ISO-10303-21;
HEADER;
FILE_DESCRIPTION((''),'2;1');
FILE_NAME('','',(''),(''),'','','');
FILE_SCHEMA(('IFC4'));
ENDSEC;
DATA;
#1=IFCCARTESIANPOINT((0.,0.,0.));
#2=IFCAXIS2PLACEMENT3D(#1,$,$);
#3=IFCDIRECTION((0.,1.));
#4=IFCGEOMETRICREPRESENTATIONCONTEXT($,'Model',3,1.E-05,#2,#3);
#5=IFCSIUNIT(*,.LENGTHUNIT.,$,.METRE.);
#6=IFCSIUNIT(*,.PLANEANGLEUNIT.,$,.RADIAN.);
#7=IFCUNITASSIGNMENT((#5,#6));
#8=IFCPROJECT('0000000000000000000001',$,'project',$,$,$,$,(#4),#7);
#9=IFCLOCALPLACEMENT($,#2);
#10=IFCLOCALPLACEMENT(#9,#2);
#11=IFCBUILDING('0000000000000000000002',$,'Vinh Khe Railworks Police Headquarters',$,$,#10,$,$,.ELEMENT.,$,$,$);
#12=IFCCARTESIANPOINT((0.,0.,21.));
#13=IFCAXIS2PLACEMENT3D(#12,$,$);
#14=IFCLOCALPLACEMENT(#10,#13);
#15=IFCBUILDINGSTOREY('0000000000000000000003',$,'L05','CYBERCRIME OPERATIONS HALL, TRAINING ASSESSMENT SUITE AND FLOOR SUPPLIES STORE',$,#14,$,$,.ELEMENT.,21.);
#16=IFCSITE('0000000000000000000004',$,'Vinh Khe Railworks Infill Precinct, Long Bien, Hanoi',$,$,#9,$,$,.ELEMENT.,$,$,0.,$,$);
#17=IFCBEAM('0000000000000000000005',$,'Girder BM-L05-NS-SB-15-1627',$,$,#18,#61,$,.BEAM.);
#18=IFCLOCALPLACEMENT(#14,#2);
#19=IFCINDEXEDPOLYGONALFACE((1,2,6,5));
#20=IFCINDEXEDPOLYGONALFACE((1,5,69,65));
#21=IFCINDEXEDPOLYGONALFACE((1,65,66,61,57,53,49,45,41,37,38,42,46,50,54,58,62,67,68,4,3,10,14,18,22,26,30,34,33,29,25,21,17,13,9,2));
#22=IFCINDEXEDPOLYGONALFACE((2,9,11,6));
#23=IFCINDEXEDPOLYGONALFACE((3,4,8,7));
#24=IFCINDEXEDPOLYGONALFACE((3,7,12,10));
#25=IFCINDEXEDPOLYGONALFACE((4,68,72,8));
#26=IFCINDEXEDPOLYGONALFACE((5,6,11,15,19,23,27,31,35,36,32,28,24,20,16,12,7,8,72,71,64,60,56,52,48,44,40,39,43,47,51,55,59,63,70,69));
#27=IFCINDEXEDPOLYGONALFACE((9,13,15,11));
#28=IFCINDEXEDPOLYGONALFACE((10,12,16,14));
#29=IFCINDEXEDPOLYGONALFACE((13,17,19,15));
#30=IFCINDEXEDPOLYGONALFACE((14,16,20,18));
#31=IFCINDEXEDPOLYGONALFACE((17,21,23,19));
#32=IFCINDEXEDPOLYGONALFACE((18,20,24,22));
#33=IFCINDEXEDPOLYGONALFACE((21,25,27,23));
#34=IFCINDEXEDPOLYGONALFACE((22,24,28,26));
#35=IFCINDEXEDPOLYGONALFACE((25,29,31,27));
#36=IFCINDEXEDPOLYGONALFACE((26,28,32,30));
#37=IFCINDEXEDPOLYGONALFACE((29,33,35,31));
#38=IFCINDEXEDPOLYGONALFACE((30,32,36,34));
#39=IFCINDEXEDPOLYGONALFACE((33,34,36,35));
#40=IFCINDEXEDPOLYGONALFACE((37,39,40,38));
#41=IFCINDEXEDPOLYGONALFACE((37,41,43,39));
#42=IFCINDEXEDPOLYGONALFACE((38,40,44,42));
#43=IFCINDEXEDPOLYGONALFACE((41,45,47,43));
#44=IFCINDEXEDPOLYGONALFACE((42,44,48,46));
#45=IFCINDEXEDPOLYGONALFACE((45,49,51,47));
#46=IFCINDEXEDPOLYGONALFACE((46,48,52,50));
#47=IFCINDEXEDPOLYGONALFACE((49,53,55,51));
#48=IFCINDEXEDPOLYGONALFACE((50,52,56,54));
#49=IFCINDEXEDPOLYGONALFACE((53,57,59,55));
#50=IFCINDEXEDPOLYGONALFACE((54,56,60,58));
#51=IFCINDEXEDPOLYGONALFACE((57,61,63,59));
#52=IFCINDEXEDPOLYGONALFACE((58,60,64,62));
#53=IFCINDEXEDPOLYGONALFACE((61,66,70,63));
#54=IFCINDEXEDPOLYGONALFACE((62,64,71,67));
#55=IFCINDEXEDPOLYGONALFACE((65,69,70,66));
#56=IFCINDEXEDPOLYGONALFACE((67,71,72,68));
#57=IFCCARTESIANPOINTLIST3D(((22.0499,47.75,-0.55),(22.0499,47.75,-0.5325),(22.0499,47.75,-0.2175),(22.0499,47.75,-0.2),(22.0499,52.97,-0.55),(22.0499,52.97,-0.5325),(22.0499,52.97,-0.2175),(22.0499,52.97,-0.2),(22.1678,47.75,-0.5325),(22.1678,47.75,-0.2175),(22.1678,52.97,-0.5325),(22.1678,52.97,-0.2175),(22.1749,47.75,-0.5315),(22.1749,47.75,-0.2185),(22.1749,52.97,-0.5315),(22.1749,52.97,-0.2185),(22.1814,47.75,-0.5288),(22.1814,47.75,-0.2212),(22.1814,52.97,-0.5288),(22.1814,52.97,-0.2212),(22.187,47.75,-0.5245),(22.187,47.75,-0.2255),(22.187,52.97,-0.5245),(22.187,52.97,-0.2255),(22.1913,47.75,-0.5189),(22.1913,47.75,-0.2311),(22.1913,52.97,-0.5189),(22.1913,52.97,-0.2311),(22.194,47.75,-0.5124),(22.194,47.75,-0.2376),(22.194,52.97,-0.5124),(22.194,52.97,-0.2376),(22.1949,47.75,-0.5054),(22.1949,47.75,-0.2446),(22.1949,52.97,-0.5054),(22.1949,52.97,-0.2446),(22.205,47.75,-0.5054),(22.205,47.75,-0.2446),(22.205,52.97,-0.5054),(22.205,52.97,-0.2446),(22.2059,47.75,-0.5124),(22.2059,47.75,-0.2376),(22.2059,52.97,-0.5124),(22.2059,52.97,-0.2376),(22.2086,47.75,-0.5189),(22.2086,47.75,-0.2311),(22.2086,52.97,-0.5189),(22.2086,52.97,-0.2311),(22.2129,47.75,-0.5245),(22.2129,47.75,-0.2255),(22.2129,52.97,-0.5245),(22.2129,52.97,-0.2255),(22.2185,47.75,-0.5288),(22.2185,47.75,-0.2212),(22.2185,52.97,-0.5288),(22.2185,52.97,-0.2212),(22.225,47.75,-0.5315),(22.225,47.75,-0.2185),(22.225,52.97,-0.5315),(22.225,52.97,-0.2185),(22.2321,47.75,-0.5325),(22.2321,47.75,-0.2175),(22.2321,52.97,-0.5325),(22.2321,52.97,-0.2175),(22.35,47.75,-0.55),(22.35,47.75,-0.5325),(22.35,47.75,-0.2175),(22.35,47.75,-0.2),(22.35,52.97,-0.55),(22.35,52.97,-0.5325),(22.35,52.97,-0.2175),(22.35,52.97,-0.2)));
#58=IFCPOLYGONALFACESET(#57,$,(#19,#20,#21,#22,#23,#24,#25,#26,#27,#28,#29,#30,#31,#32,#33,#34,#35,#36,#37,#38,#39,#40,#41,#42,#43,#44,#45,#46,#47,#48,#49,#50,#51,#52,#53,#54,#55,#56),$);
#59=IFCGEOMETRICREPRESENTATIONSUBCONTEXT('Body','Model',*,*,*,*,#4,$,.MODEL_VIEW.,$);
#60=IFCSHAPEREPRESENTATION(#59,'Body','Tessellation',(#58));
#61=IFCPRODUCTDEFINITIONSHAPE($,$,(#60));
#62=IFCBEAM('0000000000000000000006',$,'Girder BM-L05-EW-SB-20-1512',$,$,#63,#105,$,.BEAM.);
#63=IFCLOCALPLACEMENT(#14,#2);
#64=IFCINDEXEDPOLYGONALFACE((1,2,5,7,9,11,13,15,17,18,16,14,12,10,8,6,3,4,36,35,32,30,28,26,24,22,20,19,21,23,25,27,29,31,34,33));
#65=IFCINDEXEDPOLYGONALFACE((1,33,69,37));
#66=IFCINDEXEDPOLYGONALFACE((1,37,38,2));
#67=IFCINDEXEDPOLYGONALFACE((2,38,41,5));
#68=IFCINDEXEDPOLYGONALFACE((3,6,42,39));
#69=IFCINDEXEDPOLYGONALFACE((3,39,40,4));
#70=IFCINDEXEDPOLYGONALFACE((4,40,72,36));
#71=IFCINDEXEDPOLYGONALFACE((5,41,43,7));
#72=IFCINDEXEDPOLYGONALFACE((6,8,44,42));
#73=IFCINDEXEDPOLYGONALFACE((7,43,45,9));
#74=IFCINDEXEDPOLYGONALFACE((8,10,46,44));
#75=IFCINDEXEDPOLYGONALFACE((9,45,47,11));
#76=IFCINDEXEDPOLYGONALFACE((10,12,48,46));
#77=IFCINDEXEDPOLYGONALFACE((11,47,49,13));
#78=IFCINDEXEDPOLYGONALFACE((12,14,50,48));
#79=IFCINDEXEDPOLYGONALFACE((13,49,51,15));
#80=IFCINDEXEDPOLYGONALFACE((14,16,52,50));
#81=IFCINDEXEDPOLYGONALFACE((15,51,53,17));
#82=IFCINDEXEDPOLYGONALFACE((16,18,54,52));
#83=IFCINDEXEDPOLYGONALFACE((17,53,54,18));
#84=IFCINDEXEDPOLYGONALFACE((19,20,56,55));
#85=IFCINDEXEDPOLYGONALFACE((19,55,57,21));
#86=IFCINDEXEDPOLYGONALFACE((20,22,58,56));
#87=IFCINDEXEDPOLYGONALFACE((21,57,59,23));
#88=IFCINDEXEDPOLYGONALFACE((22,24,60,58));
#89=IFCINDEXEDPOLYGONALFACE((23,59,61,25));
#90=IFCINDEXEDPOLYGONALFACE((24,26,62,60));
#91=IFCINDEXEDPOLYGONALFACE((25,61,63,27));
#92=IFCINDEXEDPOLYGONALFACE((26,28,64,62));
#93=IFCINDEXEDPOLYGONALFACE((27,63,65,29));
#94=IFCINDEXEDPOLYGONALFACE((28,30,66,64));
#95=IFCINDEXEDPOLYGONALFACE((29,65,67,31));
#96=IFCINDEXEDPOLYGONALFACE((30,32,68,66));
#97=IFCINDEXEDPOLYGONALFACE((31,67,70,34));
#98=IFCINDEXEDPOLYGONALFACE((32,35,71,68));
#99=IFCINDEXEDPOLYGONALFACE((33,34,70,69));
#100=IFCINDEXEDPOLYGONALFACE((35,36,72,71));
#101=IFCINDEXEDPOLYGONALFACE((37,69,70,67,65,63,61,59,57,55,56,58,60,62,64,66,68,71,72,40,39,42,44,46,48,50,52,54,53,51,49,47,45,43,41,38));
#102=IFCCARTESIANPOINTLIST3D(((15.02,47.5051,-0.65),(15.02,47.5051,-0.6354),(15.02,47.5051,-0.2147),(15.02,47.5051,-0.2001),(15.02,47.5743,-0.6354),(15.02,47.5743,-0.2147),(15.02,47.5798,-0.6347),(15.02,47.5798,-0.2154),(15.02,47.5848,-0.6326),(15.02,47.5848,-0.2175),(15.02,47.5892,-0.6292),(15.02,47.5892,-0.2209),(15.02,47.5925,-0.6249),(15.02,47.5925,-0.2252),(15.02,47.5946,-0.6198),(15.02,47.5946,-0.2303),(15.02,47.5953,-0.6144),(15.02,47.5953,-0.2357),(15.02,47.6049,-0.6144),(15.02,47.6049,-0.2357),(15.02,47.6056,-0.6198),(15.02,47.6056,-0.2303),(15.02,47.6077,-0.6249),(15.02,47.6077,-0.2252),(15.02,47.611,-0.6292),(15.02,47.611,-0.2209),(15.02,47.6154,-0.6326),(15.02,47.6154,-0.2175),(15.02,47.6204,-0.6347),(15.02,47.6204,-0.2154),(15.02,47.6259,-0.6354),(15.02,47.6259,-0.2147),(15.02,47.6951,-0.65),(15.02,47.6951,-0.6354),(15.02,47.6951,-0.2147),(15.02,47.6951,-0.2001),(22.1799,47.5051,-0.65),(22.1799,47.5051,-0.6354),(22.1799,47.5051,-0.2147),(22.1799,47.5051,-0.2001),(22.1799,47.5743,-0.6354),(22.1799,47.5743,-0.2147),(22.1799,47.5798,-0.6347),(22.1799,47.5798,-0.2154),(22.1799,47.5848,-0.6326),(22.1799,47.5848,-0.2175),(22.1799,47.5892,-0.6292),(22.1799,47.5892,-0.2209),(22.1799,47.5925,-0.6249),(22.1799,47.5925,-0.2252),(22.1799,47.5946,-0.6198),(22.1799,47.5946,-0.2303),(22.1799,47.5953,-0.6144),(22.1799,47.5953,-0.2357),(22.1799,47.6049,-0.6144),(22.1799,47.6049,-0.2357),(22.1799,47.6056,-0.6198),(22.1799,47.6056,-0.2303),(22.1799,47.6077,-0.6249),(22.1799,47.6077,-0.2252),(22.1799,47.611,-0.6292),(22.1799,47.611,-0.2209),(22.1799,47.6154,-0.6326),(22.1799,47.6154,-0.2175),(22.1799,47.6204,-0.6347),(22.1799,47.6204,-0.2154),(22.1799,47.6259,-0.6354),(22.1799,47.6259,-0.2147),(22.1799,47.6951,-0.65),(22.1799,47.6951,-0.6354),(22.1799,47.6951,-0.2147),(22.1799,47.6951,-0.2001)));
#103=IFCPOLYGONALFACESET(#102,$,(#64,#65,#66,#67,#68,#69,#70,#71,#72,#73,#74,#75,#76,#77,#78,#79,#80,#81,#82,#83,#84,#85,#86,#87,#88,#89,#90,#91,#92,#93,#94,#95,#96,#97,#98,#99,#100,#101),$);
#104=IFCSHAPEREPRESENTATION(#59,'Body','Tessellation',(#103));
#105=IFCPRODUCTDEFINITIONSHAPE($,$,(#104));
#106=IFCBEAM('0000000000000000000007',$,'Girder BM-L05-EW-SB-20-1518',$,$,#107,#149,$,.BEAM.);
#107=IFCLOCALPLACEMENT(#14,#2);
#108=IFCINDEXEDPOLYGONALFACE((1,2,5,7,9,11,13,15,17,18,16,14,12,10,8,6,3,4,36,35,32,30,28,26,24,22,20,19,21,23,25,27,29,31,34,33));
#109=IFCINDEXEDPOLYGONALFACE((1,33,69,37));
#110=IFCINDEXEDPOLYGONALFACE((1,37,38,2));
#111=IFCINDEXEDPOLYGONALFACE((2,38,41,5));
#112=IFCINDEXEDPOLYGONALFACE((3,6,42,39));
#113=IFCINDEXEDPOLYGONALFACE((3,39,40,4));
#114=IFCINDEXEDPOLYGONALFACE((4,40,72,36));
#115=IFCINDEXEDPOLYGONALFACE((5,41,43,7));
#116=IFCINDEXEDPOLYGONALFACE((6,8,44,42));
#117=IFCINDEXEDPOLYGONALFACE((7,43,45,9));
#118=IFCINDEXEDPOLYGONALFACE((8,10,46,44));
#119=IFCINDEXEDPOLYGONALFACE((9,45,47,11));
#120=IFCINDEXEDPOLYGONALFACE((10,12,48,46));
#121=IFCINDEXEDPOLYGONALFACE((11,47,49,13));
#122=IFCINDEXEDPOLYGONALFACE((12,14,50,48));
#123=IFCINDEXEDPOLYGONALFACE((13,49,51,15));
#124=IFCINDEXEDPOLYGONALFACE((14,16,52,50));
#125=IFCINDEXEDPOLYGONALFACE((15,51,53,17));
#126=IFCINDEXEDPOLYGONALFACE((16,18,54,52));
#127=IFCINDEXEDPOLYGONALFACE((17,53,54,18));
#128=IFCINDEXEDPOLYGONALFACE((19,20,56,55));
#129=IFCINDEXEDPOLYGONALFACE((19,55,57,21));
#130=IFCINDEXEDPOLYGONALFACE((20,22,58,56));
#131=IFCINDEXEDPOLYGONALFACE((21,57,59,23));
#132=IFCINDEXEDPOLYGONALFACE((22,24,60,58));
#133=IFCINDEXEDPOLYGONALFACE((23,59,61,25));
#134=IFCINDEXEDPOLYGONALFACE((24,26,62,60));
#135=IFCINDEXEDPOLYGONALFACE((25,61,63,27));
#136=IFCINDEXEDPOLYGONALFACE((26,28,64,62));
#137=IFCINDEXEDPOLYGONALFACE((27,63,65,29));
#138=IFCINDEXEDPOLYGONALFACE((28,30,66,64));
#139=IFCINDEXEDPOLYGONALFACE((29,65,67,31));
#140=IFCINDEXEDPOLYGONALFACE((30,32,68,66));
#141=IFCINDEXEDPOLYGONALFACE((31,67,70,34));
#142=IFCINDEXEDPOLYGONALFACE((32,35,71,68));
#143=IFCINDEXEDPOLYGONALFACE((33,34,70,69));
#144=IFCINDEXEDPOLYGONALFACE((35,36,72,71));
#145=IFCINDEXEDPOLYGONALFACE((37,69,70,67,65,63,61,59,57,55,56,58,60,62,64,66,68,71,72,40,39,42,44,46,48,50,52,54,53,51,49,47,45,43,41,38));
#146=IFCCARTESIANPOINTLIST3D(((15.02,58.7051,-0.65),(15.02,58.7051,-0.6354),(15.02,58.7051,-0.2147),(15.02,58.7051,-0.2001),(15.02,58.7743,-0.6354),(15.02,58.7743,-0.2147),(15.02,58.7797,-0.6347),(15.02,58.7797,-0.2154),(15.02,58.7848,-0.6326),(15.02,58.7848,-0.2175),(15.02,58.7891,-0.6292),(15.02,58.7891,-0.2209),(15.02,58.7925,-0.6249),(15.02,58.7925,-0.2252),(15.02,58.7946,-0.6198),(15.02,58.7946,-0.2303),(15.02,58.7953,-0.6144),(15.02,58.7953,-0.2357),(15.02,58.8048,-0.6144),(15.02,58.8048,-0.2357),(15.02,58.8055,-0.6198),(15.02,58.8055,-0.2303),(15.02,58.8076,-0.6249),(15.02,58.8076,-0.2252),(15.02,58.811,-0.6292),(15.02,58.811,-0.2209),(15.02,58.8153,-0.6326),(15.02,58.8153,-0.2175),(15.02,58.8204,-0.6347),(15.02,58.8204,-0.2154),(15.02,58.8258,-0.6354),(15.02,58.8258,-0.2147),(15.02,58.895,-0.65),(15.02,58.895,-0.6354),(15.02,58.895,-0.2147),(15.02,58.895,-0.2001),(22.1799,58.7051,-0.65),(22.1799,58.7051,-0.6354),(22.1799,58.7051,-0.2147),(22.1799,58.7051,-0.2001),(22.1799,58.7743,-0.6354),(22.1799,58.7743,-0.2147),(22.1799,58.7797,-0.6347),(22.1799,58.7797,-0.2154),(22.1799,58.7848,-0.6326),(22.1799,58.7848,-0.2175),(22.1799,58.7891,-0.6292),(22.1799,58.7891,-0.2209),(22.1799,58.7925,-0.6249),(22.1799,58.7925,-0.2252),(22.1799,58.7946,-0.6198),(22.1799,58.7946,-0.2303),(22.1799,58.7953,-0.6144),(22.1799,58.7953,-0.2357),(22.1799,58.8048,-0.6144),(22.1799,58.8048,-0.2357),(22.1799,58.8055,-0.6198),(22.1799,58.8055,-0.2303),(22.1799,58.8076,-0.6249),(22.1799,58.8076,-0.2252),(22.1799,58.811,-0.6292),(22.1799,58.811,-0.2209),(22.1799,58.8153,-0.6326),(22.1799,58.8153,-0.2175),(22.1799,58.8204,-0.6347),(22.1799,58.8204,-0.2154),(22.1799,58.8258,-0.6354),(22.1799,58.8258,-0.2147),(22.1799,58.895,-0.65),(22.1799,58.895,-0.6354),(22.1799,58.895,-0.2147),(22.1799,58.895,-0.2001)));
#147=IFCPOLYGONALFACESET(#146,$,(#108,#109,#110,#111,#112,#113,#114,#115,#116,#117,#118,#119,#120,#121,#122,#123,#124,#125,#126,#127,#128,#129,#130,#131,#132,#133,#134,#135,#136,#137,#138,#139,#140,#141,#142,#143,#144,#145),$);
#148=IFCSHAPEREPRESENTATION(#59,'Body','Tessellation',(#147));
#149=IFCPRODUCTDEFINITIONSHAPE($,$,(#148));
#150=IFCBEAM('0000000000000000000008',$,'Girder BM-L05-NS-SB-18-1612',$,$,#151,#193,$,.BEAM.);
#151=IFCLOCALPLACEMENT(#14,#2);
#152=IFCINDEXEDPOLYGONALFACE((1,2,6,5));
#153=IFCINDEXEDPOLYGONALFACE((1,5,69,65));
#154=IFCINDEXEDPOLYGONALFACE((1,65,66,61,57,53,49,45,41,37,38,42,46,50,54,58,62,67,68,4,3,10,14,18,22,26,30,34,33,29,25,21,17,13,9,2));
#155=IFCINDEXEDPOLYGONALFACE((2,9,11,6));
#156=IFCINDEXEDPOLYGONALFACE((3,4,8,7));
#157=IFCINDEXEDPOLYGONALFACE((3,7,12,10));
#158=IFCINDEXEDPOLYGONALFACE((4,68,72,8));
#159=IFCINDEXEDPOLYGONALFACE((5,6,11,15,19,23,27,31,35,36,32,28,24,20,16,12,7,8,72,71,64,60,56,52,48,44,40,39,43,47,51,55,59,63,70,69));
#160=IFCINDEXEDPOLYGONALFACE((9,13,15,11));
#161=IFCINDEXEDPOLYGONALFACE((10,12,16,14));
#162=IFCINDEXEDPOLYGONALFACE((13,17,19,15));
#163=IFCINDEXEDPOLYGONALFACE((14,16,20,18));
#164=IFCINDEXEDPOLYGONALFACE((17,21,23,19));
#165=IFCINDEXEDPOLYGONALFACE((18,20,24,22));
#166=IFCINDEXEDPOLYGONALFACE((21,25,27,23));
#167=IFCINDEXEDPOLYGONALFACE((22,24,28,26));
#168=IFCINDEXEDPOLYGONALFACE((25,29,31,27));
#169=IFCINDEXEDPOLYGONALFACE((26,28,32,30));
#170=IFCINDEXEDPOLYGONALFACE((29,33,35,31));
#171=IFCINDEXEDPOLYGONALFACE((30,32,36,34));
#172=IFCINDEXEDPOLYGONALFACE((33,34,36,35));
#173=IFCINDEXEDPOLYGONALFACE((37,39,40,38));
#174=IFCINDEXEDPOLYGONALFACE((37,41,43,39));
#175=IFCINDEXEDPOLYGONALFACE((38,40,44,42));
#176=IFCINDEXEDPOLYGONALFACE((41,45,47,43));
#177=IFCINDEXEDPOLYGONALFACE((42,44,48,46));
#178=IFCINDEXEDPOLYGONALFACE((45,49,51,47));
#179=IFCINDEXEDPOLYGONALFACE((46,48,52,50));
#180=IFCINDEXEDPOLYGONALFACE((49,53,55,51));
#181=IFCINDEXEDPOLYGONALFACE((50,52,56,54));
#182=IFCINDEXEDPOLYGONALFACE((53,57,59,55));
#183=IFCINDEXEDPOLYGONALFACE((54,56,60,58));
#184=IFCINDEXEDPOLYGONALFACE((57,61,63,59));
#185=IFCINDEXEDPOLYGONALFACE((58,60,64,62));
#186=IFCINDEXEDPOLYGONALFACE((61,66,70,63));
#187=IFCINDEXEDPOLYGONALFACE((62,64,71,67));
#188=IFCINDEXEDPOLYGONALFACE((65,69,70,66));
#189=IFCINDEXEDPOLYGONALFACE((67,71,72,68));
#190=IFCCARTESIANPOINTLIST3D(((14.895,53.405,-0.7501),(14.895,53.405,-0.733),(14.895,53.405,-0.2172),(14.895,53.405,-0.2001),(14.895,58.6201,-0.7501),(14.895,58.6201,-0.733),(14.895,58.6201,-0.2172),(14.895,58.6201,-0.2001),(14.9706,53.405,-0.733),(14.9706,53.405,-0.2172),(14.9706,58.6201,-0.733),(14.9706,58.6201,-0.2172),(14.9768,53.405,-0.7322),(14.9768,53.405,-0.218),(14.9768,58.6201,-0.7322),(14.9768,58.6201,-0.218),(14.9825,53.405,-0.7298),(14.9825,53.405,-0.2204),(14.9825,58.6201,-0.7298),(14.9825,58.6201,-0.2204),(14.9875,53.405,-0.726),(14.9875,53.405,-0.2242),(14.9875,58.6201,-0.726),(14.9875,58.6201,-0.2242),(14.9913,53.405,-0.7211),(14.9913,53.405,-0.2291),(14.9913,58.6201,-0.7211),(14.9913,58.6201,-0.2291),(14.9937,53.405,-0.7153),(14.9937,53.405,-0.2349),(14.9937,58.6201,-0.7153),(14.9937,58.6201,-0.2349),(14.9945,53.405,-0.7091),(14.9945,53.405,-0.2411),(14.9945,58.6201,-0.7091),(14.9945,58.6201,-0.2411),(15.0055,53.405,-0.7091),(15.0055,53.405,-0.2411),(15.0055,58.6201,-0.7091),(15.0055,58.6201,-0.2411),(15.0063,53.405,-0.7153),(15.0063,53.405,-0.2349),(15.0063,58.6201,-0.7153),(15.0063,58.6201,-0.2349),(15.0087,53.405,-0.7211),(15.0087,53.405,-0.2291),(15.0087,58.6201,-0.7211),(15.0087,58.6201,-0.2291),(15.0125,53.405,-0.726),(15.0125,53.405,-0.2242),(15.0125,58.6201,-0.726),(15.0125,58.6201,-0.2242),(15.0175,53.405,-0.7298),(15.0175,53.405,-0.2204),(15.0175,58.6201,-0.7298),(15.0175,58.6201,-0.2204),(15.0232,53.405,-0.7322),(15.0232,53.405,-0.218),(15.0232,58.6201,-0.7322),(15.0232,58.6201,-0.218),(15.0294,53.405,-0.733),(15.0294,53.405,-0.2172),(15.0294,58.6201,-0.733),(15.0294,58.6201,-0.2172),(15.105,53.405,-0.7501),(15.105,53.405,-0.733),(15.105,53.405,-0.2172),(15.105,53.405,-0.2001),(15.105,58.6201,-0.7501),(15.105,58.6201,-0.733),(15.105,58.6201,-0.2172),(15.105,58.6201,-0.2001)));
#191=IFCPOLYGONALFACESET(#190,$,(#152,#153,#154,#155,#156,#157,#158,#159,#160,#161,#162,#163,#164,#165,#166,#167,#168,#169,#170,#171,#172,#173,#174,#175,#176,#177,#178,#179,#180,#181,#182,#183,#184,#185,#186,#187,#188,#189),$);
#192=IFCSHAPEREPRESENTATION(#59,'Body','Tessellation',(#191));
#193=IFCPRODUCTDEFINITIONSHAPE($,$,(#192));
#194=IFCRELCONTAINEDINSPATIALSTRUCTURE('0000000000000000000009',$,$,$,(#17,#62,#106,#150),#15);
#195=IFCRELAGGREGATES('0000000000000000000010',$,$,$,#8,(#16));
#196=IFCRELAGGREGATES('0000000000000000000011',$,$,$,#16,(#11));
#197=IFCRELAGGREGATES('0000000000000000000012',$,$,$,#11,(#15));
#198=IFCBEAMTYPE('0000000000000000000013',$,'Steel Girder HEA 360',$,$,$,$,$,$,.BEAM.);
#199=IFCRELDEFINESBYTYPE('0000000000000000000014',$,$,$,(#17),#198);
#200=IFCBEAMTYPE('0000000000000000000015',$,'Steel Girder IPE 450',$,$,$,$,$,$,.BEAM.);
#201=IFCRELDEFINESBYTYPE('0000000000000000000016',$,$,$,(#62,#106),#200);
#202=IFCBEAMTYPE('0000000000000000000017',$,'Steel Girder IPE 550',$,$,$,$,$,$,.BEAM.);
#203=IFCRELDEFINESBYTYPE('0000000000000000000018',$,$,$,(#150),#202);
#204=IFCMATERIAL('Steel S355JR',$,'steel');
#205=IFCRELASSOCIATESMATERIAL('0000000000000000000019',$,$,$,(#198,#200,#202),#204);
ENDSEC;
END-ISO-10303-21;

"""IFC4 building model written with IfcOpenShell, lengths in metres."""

from ifc_helpers import new_model, si_unit, direction, frame, origin, origin_2d, place, context, subcontext, project, spatial, i_section, extrude, material, material_profile, profile_set, type_object, element, save


model = new_model("IFC4")

# Units and contexts
model_context = context("Model", 3, precision=1e-05, world=origin(), true_north=direction((0.0, 1.0)))
body_context = subcontext(model_context, "Body", "Model", "MODEL_VIEW")
ifc_project = project(units=[si_unit("LENGTHUNIT", "METRE"), si_unit("PLANEANGLEUNIT", "RADIAN")], contexts=[model_context])

# Site, building, storey
site_placement = place(None, origin())
site = spatial("IfcSite", under=ifc_project, at=site_placement, Name="Vinh Khe Railworks Infill Precinct, Long Bien, Hanoi", CompositionType="ELEMENT", RefElevation=0.0)
building_placement = place(site_placement, origin())
building = spatial("IfcBuilding", under=site, at=building_placement, Name="Vinh Khe Railworks Police Headquarters", CompositionType="ELEMENT")
storey_placement = place(building_placement, frame((0.0, 0.0, 21.0)))
storey = spatial("IfcBuildingStorey", under=building, at=storey_placement, Name="L05", Description="CYBERCRIME OPERATIONS HALL, TRAINING ASSESSMENT SUITE AND FLOOR SUPPLIES STORE", CompositionType="ELEMENT", Elevation=21.0)

# Shared definitions
ifc_material_1 = material(Name="Steel S355JR", Category="steel")

# Beams
ifc_material_profile_1 = material_profile(ifc_material_1, i_section(OverallWidth=0.3, OverallDepth=0.3501, WebThickness=0.01, FlangeThickness=0.0176, FilletRadius=0.0271, at=origin_2d()), Name="HEA 360")
ifc_profile_set_1 = profile_set([ifc_material_profile_1], Name="Steel S355JR")
beam_type_1 = type_object("IfcBeamType", Name="Steel Girder HEA 360", PredefinedType="BEAM", material=ifc_profile_set_1)
beam_1_placement = place(storey_placement, frame((22.2, 47.75, -0.375), z_axis=(0.0, 1.0, 0.0), x_axis=(-1.0, 0.0, 0.0)))
element("IfcBeam", 1, at=beam_1_placement, inside=storey, type_object=beam_type_1, Name="Girder BM-L05-NS-SB-15-1627", PredefinedType="BEAM", context=body_context, shape_type="SweptSolid", body=[
    extrude(i_section(OverallWidth=0.3, OverallDepth=0.3501, WebThickness=0.01, FlangeThickness=0.0176, FilletRadius=0.0271, at=origin_2d()), origin(), (0.0, 0.0, 1.0), 5.22),
])
ifc_material_profile_2 = material_profile(ifc_material_1, i_section(OverallWidth=0.1899, OverallDepth=0.45, WebThickness=0.0095, FlangeThickness=0.0146, FilletRadius=0.021, at=origin_2d()), Name="IPE 450")
ifc_profile_set_2 = profile_set([ifc_material_profile_2], Name="Steel S355JR")
beam_type_2 = type_object("IfcBeamType", Name="Steel Girder IPE 450", PredefinedType="BEAM", material=ifc_profile_set_2)
for number, where, z_axis, x_axis, name in (
    (2, (15.02, 47.6001, -0.425), (1.0, 0.0, 0.0), (0.0, 1.0, 0.0), "Girder BM-L05-EW-SB-20-1512"),
    (3, (15.02, 58.8, -0.425), (1.0, 0.0, 0.0), (0.0, 1.0, 0.0), "Girder BM-L05-EW-SB-20-1518"),
):
    element("IfcBeam", number, at=place(storey_placement, frame(where, z_axis=z_axis, x_axis=x_axis)), inside=storey, type_object=beam_type_2, Name=name, PredefinedType="BEAM", context=body_context, shape_type="SweptSolid", body=[
        extrude(i_section(OverallWidth=0.1899, OverallDepth=0.45, WebThickness=0.0095, FlangeThickness=0.0146, FilletRadius=0.021, at=origin_2d()), origin(), (0.0, 0.0, 1.0), 7.1599),
    ])
ifc_material_profile_3 = material_profile(ifc_material_1, i_section(OverallWidth=0.21, OverallDepth=0.55, WebThickness=0.011, FlangeThickness=0.0171, FilletRadius=0.0239, at=origin_2d()), Name="IPE 550")
ifc_profile_set_3 = profile_set([ifc_material_profile_3], Name="Steel S355JR")
beam_type_3 = type_object("IfcBeamType", Name="Steel Girder IPE 550", PredefinedType="BEAM", material=ifc_profile_set_3)
beam_2_placement = place(storey_placement, frame((15.0, 53.405, -0.4751), z_axis=(0.0, 1.0, 0.0), x_axis=(-1.0, 0.0, 0.0)))
element("IfcBeam", 4, at=beam_2_placement, inside=storey, type_object=beam_type_3, Name="Girder BM-L05-NS-SB-18-1612", PredefinedType="BEAM", context=body_context, shape_type="SweptSolid", body=[
    extrude(i_section(OverallWidth=0.21, OverallDepth=0.55, WebThickness=0.011, FlangeThickness=0.0171, FilletRadius=0.0239, at=origin_2d()), origin(), (0.0, 0.0, 1.0), 5.2151),
])

save(model, "model.ifc")
